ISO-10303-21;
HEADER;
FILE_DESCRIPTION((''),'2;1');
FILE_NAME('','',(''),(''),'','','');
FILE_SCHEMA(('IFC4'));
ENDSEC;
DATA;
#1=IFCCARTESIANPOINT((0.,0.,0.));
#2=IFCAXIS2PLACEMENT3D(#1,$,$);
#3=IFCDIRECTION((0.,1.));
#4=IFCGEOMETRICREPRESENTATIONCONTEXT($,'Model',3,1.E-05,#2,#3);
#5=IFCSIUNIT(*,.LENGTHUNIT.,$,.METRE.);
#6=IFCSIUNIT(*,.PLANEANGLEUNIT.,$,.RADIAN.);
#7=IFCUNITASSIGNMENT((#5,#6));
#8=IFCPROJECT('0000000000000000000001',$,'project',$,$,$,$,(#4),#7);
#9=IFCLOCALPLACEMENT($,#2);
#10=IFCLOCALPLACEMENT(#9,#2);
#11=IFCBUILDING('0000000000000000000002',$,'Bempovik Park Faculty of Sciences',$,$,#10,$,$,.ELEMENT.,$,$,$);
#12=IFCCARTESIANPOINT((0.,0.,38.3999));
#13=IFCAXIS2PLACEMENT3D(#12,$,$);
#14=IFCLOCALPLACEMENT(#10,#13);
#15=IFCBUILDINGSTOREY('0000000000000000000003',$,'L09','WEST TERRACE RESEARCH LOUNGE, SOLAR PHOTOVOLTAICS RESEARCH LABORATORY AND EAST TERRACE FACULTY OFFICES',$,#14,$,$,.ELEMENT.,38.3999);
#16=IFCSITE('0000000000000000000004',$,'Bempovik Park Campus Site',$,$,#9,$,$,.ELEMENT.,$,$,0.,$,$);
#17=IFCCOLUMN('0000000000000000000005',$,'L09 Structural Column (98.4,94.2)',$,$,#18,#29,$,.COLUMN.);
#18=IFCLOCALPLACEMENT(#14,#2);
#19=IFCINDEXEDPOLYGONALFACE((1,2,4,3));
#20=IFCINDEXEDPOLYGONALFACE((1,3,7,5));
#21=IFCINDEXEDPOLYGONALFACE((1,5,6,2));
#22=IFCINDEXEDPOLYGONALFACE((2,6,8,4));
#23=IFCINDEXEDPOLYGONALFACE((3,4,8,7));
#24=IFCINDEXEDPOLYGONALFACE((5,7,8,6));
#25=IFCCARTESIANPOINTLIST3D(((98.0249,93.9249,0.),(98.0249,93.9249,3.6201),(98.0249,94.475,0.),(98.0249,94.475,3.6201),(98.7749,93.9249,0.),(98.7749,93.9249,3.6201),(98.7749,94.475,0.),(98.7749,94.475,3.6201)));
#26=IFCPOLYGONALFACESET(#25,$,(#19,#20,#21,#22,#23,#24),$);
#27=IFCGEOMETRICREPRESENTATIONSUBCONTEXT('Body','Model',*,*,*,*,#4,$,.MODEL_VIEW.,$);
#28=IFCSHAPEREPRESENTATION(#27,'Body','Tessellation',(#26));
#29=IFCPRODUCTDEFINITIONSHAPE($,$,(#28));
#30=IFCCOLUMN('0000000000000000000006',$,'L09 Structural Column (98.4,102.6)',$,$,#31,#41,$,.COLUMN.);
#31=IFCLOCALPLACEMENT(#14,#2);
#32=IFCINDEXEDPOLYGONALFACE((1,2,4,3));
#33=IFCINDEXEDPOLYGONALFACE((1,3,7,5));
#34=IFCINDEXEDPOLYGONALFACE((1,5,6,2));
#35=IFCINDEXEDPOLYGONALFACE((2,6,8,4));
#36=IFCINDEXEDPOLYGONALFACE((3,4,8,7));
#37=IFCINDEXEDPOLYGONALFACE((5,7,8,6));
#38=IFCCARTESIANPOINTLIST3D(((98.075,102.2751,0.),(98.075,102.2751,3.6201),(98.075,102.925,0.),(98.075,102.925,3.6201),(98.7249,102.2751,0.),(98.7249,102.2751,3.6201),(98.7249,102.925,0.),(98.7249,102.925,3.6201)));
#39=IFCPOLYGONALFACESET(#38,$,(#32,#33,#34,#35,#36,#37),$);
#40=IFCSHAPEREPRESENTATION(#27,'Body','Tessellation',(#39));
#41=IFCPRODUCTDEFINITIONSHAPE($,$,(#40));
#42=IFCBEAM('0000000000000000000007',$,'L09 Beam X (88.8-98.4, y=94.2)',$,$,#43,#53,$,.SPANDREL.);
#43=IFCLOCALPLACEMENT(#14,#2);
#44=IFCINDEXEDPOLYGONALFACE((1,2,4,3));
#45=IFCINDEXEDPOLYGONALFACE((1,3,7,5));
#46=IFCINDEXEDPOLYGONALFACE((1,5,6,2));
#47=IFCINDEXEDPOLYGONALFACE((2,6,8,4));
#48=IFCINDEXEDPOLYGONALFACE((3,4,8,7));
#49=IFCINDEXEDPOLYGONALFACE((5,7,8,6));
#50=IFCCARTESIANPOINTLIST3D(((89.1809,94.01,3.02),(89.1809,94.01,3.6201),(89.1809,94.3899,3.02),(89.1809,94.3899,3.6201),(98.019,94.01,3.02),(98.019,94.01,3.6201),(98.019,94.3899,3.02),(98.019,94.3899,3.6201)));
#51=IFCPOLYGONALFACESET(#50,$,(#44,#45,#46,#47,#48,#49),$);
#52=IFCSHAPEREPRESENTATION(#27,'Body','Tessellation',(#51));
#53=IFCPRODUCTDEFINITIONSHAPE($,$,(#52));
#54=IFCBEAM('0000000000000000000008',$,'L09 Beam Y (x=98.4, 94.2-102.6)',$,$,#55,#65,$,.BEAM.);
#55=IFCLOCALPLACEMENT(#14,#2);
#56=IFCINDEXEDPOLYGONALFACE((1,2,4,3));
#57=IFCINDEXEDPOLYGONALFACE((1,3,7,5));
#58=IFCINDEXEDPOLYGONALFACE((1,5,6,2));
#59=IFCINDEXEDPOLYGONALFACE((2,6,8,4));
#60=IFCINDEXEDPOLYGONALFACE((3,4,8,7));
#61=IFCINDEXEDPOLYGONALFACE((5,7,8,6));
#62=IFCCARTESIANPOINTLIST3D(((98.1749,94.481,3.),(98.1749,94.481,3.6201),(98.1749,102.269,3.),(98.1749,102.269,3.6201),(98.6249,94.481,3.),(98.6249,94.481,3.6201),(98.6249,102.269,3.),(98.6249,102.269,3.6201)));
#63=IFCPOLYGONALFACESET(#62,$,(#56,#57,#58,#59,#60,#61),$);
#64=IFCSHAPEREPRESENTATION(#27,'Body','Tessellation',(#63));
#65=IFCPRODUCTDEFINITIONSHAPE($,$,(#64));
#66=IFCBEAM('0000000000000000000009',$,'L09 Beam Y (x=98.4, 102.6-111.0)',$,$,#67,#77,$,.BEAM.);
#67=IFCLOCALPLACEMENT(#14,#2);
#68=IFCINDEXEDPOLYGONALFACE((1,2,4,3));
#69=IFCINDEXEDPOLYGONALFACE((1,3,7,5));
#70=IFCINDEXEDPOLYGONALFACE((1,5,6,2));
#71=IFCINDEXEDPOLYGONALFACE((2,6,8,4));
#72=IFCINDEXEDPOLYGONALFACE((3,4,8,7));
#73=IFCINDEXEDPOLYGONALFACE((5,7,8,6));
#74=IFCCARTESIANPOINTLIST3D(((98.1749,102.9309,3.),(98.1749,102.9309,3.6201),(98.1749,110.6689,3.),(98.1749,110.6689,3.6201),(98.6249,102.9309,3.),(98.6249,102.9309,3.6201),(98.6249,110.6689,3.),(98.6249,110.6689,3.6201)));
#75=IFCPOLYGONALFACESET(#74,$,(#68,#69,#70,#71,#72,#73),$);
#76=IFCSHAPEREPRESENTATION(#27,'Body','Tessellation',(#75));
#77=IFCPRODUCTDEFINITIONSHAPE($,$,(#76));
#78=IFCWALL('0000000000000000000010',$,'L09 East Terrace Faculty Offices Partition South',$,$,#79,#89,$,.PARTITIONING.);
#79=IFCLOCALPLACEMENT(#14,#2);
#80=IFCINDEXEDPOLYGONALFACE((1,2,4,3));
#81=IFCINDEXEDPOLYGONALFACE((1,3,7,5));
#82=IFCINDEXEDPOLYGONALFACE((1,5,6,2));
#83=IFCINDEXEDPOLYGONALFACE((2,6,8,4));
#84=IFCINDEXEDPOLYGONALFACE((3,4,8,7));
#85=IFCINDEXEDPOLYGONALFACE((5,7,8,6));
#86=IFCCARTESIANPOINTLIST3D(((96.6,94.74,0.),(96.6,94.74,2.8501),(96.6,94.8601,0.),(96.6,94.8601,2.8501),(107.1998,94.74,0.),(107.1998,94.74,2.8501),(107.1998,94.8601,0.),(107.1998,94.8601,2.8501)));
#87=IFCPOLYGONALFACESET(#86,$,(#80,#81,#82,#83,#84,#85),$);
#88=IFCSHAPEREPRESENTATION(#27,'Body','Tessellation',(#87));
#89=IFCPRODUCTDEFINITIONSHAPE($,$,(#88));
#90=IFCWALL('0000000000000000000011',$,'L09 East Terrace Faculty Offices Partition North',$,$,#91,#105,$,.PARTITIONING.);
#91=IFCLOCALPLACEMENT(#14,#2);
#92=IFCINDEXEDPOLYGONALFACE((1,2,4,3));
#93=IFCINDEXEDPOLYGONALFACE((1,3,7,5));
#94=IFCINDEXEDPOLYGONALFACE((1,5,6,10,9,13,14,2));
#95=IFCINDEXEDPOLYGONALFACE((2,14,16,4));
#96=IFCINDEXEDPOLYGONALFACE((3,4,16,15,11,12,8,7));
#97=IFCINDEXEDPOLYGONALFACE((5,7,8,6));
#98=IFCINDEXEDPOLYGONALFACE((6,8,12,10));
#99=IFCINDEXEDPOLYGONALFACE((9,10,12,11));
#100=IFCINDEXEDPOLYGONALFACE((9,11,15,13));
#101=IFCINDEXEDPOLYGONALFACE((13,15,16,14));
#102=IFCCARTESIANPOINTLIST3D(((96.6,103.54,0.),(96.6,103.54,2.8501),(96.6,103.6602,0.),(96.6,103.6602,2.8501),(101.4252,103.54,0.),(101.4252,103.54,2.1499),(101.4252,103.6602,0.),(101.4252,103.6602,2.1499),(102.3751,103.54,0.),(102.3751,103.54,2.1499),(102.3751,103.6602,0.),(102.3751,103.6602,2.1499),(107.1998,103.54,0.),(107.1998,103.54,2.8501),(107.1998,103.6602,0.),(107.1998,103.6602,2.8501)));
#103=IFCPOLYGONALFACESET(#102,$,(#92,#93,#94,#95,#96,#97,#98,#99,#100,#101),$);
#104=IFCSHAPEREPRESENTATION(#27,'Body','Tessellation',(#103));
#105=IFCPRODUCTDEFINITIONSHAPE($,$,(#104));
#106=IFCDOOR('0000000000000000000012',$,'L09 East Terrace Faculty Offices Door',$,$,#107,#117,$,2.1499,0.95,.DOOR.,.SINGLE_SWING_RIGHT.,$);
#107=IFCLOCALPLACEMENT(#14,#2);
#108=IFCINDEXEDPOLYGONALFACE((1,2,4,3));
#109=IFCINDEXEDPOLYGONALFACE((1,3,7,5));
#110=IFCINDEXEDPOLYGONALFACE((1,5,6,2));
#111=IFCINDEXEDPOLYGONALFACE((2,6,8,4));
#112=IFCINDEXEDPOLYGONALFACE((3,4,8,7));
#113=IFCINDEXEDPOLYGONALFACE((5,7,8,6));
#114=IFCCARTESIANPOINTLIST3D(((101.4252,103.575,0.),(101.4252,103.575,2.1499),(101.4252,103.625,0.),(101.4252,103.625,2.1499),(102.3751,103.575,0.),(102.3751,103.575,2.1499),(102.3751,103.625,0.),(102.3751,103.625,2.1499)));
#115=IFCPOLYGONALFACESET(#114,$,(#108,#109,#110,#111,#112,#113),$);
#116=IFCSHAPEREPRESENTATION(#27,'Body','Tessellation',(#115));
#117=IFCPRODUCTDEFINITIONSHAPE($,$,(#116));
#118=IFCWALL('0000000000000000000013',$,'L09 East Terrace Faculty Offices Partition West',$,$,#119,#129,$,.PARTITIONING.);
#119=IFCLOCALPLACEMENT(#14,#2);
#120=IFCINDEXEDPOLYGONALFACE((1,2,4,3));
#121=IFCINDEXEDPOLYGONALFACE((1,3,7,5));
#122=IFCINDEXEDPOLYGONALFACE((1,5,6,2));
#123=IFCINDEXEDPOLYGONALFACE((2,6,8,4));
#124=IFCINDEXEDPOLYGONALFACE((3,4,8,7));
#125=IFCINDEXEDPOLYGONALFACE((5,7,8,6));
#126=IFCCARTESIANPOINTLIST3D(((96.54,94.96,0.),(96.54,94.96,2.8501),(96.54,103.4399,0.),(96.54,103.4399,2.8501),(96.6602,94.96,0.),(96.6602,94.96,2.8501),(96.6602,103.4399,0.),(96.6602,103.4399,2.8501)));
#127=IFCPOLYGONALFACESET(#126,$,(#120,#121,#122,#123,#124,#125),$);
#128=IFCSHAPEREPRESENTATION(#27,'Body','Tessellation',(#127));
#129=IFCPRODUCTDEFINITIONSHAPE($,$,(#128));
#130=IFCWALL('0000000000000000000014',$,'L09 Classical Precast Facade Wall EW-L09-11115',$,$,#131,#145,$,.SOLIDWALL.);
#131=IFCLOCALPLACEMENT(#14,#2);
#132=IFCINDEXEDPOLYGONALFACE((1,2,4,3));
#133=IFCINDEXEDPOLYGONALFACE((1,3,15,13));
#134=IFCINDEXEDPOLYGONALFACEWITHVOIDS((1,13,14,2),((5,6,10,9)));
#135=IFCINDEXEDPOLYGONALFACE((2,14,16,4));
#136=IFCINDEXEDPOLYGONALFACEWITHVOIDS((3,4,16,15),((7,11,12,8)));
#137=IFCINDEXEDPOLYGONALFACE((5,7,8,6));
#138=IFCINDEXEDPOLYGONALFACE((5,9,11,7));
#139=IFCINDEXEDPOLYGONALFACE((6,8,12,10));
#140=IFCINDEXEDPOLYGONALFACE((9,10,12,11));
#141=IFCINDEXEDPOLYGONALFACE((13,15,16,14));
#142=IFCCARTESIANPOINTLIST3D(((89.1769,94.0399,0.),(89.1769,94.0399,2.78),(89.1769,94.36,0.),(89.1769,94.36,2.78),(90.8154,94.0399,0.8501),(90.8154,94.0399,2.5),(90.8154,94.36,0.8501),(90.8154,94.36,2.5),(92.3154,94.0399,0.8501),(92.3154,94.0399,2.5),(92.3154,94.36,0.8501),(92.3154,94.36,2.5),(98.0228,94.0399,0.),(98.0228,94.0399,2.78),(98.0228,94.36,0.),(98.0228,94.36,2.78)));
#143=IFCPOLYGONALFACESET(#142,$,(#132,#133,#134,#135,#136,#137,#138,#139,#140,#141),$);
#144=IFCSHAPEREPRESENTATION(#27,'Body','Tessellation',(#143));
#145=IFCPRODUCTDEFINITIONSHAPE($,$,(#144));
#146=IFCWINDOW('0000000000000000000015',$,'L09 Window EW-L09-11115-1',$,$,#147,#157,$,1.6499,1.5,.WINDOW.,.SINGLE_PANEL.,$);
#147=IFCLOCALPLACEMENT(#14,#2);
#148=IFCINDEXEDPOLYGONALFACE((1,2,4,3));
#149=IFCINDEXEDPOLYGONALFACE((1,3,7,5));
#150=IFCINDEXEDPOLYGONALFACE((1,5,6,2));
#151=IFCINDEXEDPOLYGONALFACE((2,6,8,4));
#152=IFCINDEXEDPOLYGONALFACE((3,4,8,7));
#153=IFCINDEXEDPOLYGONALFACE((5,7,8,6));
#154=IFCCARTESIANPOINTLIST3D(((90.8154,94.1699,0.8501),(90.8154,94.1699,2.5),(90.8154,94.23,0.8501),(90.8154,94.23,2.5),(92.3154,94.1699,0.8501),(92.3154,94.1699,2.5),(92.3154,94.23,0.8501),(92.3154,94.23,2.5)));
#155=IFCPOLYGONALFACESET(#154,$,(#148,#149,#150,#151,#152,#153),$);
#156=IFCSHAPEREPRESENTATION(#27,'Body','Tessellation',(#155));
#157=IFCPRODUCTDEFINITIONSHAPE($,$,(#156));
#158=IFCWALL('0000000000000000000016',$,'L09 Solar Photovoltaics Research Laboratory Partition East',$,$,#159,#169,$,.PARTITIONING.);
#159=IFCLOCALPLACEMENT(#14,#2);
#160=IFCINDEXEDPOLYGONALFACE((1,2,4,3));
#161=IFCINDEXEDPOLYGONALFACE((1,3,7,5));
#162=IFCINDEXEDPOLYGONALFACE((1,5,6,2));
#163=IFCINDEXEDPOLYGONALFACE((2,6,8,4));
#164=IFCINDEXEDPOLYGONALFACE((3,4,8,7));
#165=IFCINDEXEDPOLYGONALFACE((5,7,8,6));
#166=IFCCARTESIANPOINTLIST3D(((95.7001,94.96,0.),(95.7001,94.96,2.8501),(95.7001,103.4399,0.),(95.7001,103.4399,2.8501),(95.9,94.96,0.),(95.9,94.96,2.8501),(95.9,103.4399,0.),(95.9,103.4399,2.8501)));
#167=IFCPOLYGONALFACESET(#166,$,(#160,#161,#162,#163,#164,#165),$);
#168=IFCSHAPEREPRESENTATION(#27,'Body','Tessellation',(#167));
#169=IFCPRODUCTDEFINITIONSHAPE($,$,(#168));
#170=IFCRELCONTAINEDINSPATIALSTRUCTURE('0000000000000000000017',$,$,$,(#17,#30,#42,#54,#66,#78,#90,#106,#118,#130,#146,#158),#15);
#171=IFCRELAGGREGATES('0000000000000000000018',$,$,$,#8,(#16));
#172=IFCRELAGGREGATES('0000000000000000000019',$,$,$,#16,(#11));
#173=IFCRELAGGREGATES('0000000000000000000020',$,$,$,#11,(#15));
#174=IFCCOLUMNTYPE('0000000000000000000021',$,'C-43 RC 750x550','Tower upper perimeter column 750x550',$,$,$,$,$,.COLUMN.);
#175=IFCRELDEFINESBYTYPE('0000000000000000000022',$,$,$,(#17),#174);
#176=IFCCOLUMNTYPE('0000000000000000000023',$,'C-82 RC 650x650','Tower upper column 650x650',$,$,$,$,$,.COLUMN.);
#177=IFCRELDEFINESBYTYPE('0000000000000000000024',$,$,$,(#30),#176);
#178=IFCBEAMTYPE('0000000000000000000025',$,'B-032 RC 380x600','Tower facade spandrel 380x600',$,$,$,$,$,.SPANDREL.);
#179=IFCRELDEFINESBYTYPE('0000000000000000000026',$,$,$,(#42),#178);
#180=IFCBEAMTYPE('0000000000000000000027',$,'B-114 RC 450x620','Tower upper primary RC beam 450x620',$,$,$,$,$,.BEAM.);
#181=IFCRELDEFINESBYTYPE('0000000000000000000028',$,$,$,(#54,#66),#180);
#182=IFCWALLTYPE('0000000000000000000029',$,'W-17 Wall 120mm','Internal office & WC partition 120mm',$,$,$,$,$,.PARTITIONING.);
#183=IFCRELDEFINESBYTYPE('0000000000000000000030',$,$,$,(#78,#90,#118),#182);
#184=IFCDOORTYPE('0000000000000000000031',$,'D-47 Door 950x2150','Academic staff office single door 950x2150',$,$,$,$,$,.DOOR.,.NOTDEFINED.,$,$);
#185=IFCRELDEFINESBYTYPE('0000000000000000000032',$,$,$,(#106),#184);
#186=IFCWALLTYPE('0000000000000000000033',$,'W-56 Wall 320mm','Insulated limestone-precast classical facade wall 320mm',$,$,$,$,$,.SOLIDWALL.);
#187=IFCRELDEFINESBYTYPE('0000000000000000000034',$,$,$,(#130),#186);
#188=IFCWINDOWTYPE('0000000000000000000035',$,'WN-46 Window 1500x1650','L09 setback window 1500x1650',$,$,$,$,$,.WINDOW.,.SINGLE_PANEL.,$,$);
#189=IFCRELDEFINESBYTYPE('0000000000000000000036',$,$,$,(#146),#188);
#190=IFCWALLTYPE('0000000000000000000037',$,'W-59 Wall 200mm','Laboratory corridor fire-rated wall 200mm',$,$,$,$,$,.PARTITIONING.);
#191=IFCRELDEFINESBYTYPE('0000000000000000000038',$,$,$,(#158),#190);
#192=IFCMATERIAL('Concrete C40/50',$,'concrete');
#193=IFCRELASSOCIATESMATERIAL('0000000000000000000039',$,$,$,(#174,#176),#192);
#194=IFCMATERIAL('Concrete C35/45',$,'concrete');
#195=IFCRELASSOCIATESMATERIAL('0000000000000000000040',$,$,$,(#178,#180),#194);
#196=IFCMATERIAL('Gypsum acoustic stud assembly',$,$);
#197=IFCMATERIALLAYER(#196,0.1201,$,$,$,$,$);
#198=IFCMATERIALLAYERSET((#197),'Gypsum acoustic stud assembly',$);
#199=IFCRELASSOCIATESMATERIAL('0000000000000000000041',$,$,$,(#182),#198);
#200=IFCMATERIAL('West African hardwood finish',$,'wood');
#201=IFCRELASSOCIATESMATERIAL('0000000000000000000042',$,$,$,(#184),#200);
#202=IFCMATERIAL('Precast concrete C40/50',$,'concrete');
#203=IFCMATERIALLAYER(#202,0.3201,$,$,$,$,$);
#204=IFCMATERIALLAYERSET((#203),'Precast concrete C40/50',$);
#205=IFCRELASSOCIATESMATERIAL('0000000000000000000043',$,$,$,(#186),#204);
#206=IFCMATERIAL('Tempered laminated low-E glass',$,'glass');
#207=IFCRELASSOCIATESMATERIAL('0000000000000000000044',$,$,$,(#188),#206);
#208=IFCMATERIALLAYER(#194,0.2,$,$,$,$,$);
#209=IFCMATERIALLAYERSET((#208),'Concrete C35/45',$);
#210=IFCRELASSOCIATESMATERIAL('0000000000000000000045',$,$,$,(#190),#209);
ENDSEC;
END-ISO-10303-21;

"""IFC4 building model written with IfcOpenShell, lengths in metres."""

from ifc_helpers import new_model, si_unit, direction, frame, frame_2d, origin, origin_2d, place, context, subcontext, project, spatial, rectangle, extrude, material, layer, layer_set, material_profile, profile_set, type_object, element, fill, save


model = new_model("IFC4")

# Units and contexts
model_context = context("Model", 3, precision=1e-05, world=origin(), true_north=direction((0.0, 1.0)))
body_context = subcontext(model_context, "Body", "Model", "MODEL_VIEW")
ifc_project = project(units=[si_unit("LENGTHUNIT", "METRE"), si_unit("PLANEANGLEUNIT", "RADIAN")], contexts=[model_context])

# Site, building, storey
site_placement = place(None, origin())
site = spatial("IfcSite", under=ifc_project, at=site_placement, Name="Bempovik Park Campus Site", CompositionType="ELEMENT", RefElevation=0.0)
building_placement = place(site_placement, origin())
building = spatial("IfcBuilding", under=site, at=building_placement, Name="Bempovik Park Faculty of Sciences", CompositionType="ELEMENT")
storey_placement = place(building_placement, frame((0.0, 0.0, 38.3999)))
storey = spatial("IfcBuildingStorey", under=building, at=storey_placement, Name="L09", Description="WEST TERRACE RESEARCH LOUNGE, SOLAR PHOTOVOLTAICS RESEARCH LABORATORY AND EAST TERRACE FACULTY OFFICES", CompositionType="ELEMENT", Elevation=38.3999)

# Columns
ifc_material_1 = material(Name="Concrete C40/50", Category="concrete")
ifc_material_profile_1 = material_profile(ifc_material_1, rectangle(XDim=0.75, YDim=0.55, at=origin_2d()), Name="RC 750x550")
ifc_profile_set_1 = profile_set([ifc_material_profile_1], Name="Concrete C40/50")
column_type_1 = type_object("IfcColumnType", Name="C-43 RC 750x550", Description="Tower upper perimeter column 750x550", PredefinedType="COLUMN", material=ifc_profile_set_1)
column_1_placement = place(storey_placement, frame((98.3999, 94.2, 0.0), z_axis=(0.0, 0.0, 1.0), x_axis=(1.0, 0.0, 0.0)))
element("IfcColumn", 1, at=column_1_placement, inside=storey, type_object=column_type_1, Name="L09 Structural Column (98.4,94.2)", PredefinedType="COLUMN", context=body_context, shape_type="SweptSolid", body=[
    extrude(rectangle(XDim=0.75, YDim=0.55, at=origin_2d()), origin(), (0.0, 0.0, 1.0), 3.6201),
])
ifc_material_profile_2 = material_profile(ifc_material_1, rectangle(XDim=0.6499, YDim=0.6499, at=origin_2d()), Name="RC 650x650")
ifc_profile_set_2 = profile_set([ifc_material_profile_2], Name="Concrete C40/50")
column_type_2 = type_object("IfcColumnType", Name="C-82 RC 650x650", Description="Tower upper column 650x650", PredefinedType="COLUMN", material=ifc_profile_set_2)
column_2_placement = place(storey_placement, frame((98.3999, 102.6001, 0.0), z_axis=(0.0, 0.0, 1.0), x_axis=(1.0, 0.0, 0.0)))
element("IfcColumn", 2, at=column_2_placement, inside=storey, type_object=column_type_2, Name="L09 Structural Column (98.4,102.6)", PredefinedType="COLUMN", context=body_context, shape_type="SweptSolid", body=[
    extrude(rectangle(XDim=0.6499, YDim=0.6499, at=origin_2d()), origin(), (0.0, 0.0, 1.0), 3.6201),
])

# Beams
ifc_material_2 = material(Name="Concrete C35/45", Category="concrete")
ifc_material_profile_3 = material_profile(ifc_material_2, rectangle(XDim=0.3799, YDim=0.6001, at=origin_2d()), Name="RC 380x600")
ifc_profile_set_3 = profile_set([ifc_material_profile_3], Name="Concrete C35/45")
beam_type_1 = type_object("IfcBeamType", Name="B-032 RC 380x600", Description="Tower facade spandrel 380x600", PredefinedType="SPANDREL", material=ifc_profile_set_3)
beam_1_placement = place(storey_placement, frame((89.1809, 94.2, 3.3201), z_axis=(1.0, 0.0, 0.0), x_axis=(0.0, 1.0, 0.0)))
element("IfcBeam", 3, at=beam_1_placement, inside=storey, type_object=beam_type_1, Name="L09 Beam X (88.8-98.4, y=94.2)", PredefinedType="SPANDREL", context=body_context, shape_type="SweptSolid", body=[
    extrude(rectangle(XDim=0.3799, YDim=0.6001, at=origin_2d()), origin(), (0.0, 0.0, 1.0), 8.8381),
])
ifc_material_profile_4 = material_profile(ifc_material_2, rectangle(XDim=0.45, YDim=0.6201, at=origin_2d()), Name="RC 450x620")
ifc_profile_set_4 = profile_set([ifc_material_profile_4], Name="Concrete C35/45")
beam_type_2 = type_object("IfcBeamType", Name="B-114 RC 450x620", Description="Tower upper primary RC beam 450x620", PredefinedType="BEAM", material=ifc_profile_set_4)
beam_2_placement = place(storey_placement, frame((98.3999, 94.481, 3.3101), z_axis=(0.0, 1.0, 0.0), x_axis=(-1.0, 0.0, 0.0)))
element("IfcBeam", 4, at=beam_2_placement, inside=storey, type_object=beam_type_2, Name="L09 Beam Y (x=98.4, 94.2-102.6)", PredefinedType="BEAM", context=body_context, shape_type="SweptSolid", body=[
    extrude(rectangle(XDim=0.45, YDim=0.6201, at=origin_2d()), origin(), (0.0, 0.0, 1.0), 7.7881),
])
beam_3_placement = place(storey_placement, frame((98.3999, 102.9309, 3.3101), z_axis=(0.0, 1.0, 0.0), x_axis=(-1.0, 0.0, 0.0)))
element("IfcBeam", 5, at=beam_3_placement, inside=storey, type_object=beam_type_2, Name="L09 Beam Y (x=98.4, 102.6-111.0)", PredefinedType="BEAM", context=body_context, shape_type="SweptSolid", body=[
    extrude(rectangle(XDim=0.45, YDim=0.6201, at=origin_2d()), origin(), (0.0, 0.0, 1.0), 7.738),
])

# Wall
ifc_material_3 = material(Name="Gypsum acoustic stud assembly")
ifc_layer_1 = layer(ifc_material_3, 0.1201)
ifc_layer_set_1 = layer_set([ifc_layer_1], Name="Gypsum acoustic stud assembly")
wall_type_1 = type_object("IfcWallType", Name="W-17 Wall 120mm", Description="Internal office & WC partition 120mm", PredefinedType="PARTITIONING", material=ifc_layer_set_1)
wall_1_placement = place(storey_placement, frame((96.6001, 94.8, 0.0), z_axis=(0.0, 0.0, 1.0), x_axis=(1.0, 0.0, 0.0)))
element("IfcWall", 6, at=wall_1_placement, inside=storey, type_object=wall_type_1, Name="L09 East Terrace Faculty Offices Partition South", PredefinedType="PARTITIONING", context=body_context, shape_type="SweptSolid", body=[
    extrude(rectangle(XDim=10.5999, YDim=0.1201, at=frame_2d((5.2998, 0.0))), origin(), (0.0, 0.0, 1.0), 2.8501),
])

# Wall, opening, door
wall_2_placement = place(storey_placement, frame((96.6001, 103.6001, 0.0), z_axis=(0.0, 0.0, 1.0), x_axis=(1.0, 0.0, 0.0)))
wall_2 = element("IfcWall", 7, at=wall_2_placement, inside=storey, type_object=wall_type_1, Name="L09 East Terrace Faculty Offices Partition North", PredefinedType="PARTITIONING", context=body_context, shape_type="SweptSolid", body=[
    extrude(rectangle(XDim=10.5999, YDim=0.1201, at=frame_2d((5.2998, 0.0))), origin(), (0.0, 0.0, 1.0), 2.8501),
])
opening_1_placement = place(wall_2_placement, frame((4.825, 0.0, 0.0)))
opening_1 = element("IfcOpeningElement", 8, at=opening_1_placement, cuts=wall_2, PredefinedType="OPENING", context=body_context, shape_type="SweptSolid", body=[
    extrude(rectangle(XDim=0.95, YDim=2.1499, at=frame_2d((0.4751, 1.075))), frame((0.0, 0.0701, 0.0), z_axis=(0.0, -1.0, 0.0), x_axis=(1.0, 0.0, 0.0)), (0.0, 0.0, 1.0), 0.1401),
])
ifc_material_4 = material(Name="West African hardwood finish", Category="wood")
door_type = type_object("IfcDoorType", Name="D-47 Door 950x2150", Description="Academic staff office single door 950x2150", OperationType="NOTDEFINED", PredefinedType="DOOR", material=ifc_material_4)
door_placement = place(opening_1_placement, origin())
door = element("IfcDoor", 9, at=door_placement, inside=storey, type_object=door_type, Name="L09 East Terrace Faculty Offices Door", OperationType="SINGLE_SWING_RIGHT", OverallHeight=2.1499, OverallWidth=0.95, PredefinedType="DOOR", context=body_context, shape_type="SweptSolid", body=[
    extrude(rectangle(XDim=0.95, YDim=2.1499, at=frame_2d((0.4751, 1.075))), frame((0.0, 0.0249, 0.0), z_axis=(0.0, -1.0, 0.0), x_axis=(1.0, 0.0, 0.0)), (0.0, 0.0, 1.0), 0.05),
])
fill(opening_1, door)

# Wall
wall_3_placement = place(storey_placement, frame((96.6001, 94.96, 0.0), z_axis=(0.0, 0.0, 1.0), x_axis=(0.0, 1.0, 0.0)))
element("IfcWall", 10, at=wall_3_placement, inside=storey, type_object=wall_type_1, Name="L09 East Terrace Faculty Offices Partition West", PredefinedType="PARTITIONING", context=body_context, shape_type="SweptSolid", body=[
    extrude(rectangle(XDim=8.48, YDim=0.1201, at=frame_2d((4.24, 0.0))), origin(), (0.0, 0.0, 1.0), 2.8501),
])

# Wall, opening, window
ifc_material_5 = material(Name="Precast concrete C40/50", Category="concrete")
ifc_layer_2 = layer(ifc_material_5, 0.3201)
ifc_layer_set_2 = layer_set([ifc_layer_2], Name="Precast concrete C40/50")
wall_type_2 = type_object("IfcWallType", Name="W-56 Wall 320mm", Description="Insulated limestone-precast classical facade wall 320mm", PredefinedType="SOLIDWALL", material=ifc_layer_set_2)
wall_4_placement = place(storey_placement, frame((89.177, 94.2, 0.0), z_axis=(0.0, 0.0, 1.0), x_axis=(1.0, 0.0, 0.0)))
wall_4 = element("IfcWall", 11, at=wall_4_placement, inside=storey, type_object=wall_type_2, Name="L09 Classical Precast Facade Wall EW-L09-11115", PredefinedType="SOLIDWALL", context=body_context, shape_type="SweptSolid", body=[
    extrude(rectangle(XDim=8.8459, YDim=0.3201, at=frame_2d((4.4229, 0.0))), origin(), (0.0, 0.0, 1.0), 2.78),
])
opening_2_placement = place(wall_4_placement, frame((1.6384, 0.0, 0.8501)))
opening_2 = element("IfcOpeningElement", 12, at=opening_2_placement, cuts=wall_4, PredefinedType="OPENING", context=body_context, shape_type="SweptSolid", body=[
    extrude(rectangle(XDim=1.5, YDim=1.6499, at=frame_2d((0.75, 0.825))), frame((0.0, 0.1699, 0.0), z_axis=(0.0, -1.0, 0.0), x_axis=(1.0, 0.0, 0.0)), (0.0, 0.0, 1.0), 0.3401),
])
ifc_material_6 = material(Name="Tempered laminated low-E glass", Category="glass")
window_type = type_object("IfcWindowType", Name="WN-46 Window 1500x1650", Description="L09 setback window 1500x1650", PartitioningType="SINGLE_PANEL", PredefinedType="WINDOW", material=ifc_material_6)
window_placement = place(opening_2_placement, origin())
window = element("IfcWindow", 13, at=window_placement, inside=storey, type_object=window_type, Name="L09 Window EW-L09-11115-1", OverallHeight=1.6499, OverallWidth=1.5, PartitioningType="SINGLE_PANEL", PredefinedType="WINDOW", context=body_context, shape_type="SweptSolid", body=[
    extrude(rectangle(XDim=1.5, YDim=1.6499, at=frame_2d((0.75, 0.825))), frame((0.0, 0.03, 0.0), z_axis=(0.0, -1.0, 0.0), x_axis=(1.0, 0.0, 0.0)), (0.0, 0.0, 1.0), 0.0601),
])
fill(opening_2, window)

# Wall
ifc_layer_3 = layer(ifc_material_2, 0.2)
ifc_layer_set_3 = layer_set([ifc_layer_3], Name="Concrete C35/45")
wall_type_3 = type_object("IfcWallType", Name="W-59 Wall 200mm", Description="Laboratory corridor fire-rated wall 200mm", PredefinedType="PARTITIONING", material=ifc_layer_set_3)
wall_5_placement = place(storey_placement, frame((95.8, 94.96, 0.0), z_axis=(0.0, 0.0, 1.0), x_axis=(0.0, 1.0, 0.0)))
element("IfcWall", 14, at=wall_5_placement, inside=storey, type_object=wall_type_3, Name="L09 Solar Photovoltaics Research Laboratory Partition East", PredefinedType="PARTITIONING", context=body_context, shape_type="SweptSolid", body=[
    extrude(rectangle(XDim=8.48, YDim=0.2, at=frame_2d((4.24, 0.0))), origin(), (0.0, 0.0, 1.0), 2.8501),
])

save(model, "model.ifc")
